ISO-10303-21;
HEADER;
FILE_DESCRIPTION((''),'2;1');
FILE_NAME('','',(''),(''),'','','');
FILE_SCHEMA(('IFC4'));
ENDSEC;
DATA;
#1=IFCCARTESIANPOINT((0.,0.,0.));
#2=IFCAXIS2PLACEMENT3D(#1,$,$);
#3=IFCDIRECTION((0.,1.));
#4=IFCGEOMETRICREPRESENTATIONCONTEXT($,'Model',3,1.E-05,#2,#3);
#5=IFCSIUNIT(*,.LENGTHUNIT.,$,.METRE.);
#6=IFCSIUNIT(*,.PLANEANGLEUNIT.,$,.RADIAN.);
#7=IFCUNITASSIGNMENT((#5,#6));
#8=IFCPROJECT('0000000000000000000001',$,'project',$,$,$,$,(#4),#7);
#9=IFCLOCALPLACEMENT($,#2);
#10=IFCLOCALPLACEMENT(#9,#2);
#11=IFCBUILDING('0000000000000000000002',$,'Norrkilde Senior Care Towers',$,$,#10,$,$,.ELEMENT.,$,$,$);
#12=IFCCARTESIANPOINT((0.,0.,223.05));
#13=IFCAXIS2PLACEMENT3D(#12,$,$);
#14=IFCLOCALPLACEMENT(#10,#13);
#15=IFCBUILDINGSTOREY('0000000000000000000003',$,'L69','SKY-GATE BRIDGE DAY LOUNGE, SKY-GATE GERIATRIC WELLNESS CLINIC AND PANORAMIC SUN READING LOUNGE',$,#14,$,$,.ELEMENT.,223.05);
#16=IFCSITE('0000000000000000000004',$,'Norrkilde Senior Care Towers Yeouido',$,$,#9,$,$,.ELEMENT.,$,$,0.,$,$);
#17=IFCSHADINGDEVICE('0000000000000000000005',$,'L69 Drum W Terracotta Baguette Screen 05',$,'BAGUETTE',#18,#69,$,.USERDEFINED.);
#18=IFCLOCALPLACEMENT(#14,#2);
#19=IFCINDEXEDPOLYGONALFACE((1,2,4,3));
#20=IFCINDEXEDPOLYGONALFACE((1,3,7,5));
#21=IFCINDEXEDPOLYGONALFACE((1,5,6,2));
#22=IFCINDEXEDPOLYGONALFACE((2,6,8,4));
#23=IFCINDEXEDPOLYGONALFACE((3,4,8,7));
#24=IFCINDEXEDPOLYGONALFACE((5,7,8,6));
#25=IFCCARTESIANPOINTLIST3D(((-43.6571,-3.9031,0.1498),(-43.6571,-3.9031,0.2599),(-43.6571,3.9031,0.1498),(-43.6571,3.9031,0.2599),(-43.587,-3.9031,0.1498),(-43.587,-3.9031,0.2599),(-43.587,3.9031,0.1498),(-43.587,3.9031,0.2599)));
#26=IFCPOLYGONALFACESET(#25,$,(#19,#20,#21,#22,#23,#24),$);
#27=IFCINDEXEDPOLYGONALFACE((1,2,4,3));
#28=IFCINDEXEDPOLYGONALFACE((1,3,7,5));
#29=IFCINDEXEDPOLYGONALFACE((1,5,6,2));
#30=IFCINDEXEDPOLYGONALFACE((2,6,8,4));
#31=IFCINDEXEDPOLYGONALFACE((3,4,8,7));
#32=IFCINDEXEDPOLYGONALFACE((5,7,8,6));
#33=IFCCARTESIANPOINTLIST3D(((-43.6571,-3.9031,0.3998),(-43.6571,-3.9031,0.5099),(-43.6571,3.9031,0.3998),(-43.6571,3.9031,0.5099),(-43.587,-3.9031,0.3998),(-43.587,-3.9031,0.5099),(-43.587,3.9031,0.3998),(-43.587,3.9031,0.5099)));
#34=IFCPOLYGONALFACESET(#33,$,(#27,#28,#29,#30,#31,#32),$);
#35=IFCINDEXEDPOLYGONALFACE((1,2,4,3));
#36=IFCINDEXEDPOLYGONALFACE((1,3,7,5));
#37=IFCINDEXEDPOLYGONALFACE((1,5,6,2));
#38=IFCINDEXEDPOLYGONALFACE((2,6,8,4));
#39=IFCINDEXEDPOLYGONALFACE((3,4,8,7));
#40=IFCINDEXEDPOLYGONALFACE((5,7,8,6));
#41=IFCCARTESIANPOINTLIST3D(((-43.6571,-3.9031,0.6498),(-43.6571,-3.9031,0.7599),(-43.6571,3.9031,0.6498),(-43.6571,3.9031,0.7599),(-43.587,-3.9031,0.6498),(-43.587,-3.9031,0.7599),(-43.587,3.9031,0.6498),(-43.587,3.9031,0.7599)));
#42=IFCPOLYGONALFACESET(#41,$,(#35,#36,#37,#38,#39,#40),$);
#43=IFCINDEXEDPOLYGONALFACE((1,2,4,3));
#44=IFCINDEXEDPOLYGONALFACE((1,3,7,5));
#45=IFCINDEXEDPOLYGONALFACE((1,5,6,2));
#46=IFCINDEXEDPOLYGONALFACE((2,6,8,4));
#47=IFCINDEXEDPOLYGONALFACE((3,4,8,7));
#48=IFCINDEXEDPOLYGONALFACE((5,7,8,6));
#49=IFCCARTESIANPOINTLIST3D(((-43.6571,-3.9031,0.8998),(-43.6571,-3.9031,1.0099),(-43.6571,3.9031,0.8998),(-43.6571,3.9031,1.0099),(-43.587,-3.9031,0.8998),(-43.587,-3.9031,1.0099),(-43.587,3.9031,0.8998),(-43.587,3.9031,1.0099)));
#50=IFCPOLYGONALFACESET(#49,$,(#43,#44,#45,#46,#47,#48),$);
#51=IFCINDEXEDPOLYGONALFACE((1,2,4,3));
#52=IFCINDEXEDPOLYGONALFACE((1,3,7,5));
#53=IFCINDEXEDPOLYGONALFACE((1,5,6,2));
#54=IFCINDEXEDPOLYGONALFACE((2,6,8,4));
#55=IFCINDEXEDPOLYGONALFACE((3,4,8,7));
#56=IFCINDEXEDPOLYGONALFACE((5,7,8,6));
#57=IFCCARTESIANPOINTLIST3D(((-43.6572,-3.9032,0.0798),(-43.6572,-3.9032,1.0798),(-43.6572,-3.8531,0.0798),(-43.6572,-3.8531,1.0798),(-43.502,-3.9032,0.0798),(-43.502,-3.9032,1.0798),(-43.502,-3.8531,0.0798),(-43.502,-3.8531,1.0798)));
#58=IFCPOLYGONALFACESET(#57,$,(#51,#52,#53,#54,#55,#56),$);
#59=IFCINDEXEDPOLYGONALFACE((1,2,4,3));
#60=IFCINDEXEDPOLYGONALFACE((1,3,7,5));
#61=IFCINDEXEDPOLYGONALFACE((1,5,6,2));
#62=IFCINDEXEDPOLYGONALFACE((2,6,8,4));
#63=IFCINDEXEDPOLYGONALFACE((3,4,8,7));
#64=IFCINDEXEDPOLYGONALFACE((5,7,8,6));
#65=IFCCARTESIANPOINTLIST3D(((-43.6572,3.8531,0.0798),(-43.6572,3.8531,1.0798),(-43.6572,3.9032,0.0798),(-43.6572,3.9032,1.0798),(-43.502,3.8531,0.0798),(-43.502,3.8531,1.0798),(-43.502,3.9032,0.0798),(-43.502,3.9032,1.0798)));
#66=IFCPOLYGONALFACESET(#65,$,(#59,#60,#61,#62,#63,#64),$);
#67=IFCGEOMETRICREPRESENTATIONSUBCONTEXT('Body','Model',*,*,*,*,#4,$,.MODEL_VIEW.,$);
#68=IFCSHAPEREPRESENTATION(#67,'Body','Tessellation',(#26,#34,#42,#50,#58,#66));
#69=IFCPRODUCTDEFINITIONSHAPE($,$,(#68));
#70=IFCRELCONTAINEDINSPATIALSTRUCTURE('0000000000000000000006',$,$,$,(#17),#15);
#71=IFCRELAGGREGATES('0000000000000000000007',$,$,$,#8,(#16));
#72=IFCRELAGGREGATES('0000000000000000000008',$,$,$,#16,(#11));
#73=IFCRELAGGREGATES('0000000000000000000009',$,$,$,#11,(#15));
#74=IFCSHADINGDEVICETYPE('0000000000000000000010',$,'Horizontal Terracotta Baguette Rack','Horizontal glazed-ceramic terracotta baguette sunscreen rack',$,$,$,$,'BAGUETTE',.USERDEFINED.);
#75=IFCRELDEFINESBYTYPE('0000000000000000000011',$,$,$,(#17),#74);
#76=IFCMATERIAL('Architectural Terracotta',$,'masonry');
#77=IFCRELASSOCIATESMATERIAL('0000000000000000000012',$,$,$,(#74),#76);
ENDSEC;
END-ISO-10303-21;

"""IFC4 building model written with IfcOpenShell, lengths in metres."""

from ifc_helpers import new_model, si_unit, direction, frame, origin, origin_2d, place, context, subcontext, project, spatial, rectangle, extrude, source, transform, mapped, material, type_object, type_shapes, element, save


model = new_model("IFC4")

# Units and contexts
model_context = context("Model", 3, precision=1e-05, world=origin(), true_north=direction((0.0, 1.0)))
body_context = subcontext(model_context, "Body", "Model", "MODEL_VIEW")
ifc_project = project(units=[si_unit("LENGTHUNIT", "METRE"), si_unit("PLANEANGLEUNIT", "RADIAN")], contexts=[model_context])

# Site, building, storey
site_placement = place(None, origin())
site = spatial("IfcSite", under=ifc_project, at=site_placement, Name="Norrkilde Senior Care Towers Yeouido", CompositionType="ELEMENT", RefElevation=0.0)
building_placement = place(site_placement, origin())
building = spatial("IfcBuilding", under=site, at=building_placement, Name="Norrkilde Senior Care Towers", CompositionType="ELEMENT")
storey_placement = place(building_placement, frame((0.0, 0.0, 223.05)))
storey = spatial("IfcBuildingStorey", under=building, at=storey_placement, Name="L69", Description="SKY-GATE BRIDGE DAY LOUNGE, SKY-GATE GERIATRIC WELLNESS CLINIC AND PANORAMIC SUN READING LOUNGE", CompositionType="ELEMENT", Elevation=223.05)

# Shading device
ifc_material_1 = material(Name="Architectural Terracotta", Category="masonry")
shading_device_type = type_object("IfcShadingDeviceType", Name="Horizontal Terracotta Baguette Rack", Description="Horizontal glazed-ceramic terracotta baguette sunscreen rack", ElementType="BAGUETTE", PredefinedType="USERDEFINED", material=ifc_material_1)
shared_shape_1 = source(origin(), body_context, "Body", "SweptSolid", [
    extrude(rectangle(XDim=0.0701, YDim=0.1101, at=origin_2d()), frame((0.0, 0.0901, 0.125), z_axis=(1.0, 0.0, 0.0), x_axis=(0.0, 1.0, 0.0)), (0.0, 0.0, 1.0), 7.8062),
    extrude(rectangle(XDim=0.0701, YDim=0.1101, at=origin_2d()), frame((0.0, 0.0901, 0.375), z_axis=(1.0, 0.0, 0.0), x_axis=(0.0, 1.0, 0.0)), (0.0, 0.0, 1.0), 7.8062),
    extrude(rectangle(XDim=0.0701, YDim=0.1101, at=origin_2d()), frame((0.0, 0.0901, 0.625), z_axis=(1.0, 0.0, 0.0), x_axis=(0.0, 1.0, 0.0)), (0.0, 0.0, 1.0), 7.8062),
    extrude(rectangle(XDim=0.0701, YDim=0.1101, at=origin_2d()), frame((0.0, 0.0901, 0.875), z_axis=(1.0, 0.0, 0.0), x_axis=(0.0, 1.0, 0.0)), (0.0, 0.0, 1.0), 7.8062),
    extrude(rectangle(XDim=0.05, YDim=0.1553, at=origin_2d()), frame((0.0249, 0.0476, 0.0)), (0.0, 0.0, 1.0), 1.0),
    extrude(rectangle(XDim=0.05, YDim=0.1553, at=origin_2d()), frame((7.7812, 0.0476, 0.0)), (0.0, 0.0, 1.0), 1.0),
])
type_shapes(shading_device_type, [shared_shape_1])
shading_device_placement = place(storey_placement, frame((-43.532, -3.9031, 0.0798), z_axis=(0.0, 0.0, 1.0), x_axis=(0.0, 1.0, 0.0)))
element("IfcShadingDevice", 1, at=shading_device_placement, inside=storey, type_object=shading_device_type, Name="L69 Drum W Terracotta Baguette Screen 05", ObjectType="BAGUETTE", PredefinedType="USERDEFINED", context=body_context, shape_type="MappedRepresentation", body=[
    mapped(shared_shape_1, transform((0.0, 0.0, 0.0), x_axis=(1.0, 0.0, 0.0), y_axis=(0.0, 1.0, 0.0), z_axis=(0.0, 0.0, 1.0), scale=1.0)),
])

save(model, "model.ifc")
